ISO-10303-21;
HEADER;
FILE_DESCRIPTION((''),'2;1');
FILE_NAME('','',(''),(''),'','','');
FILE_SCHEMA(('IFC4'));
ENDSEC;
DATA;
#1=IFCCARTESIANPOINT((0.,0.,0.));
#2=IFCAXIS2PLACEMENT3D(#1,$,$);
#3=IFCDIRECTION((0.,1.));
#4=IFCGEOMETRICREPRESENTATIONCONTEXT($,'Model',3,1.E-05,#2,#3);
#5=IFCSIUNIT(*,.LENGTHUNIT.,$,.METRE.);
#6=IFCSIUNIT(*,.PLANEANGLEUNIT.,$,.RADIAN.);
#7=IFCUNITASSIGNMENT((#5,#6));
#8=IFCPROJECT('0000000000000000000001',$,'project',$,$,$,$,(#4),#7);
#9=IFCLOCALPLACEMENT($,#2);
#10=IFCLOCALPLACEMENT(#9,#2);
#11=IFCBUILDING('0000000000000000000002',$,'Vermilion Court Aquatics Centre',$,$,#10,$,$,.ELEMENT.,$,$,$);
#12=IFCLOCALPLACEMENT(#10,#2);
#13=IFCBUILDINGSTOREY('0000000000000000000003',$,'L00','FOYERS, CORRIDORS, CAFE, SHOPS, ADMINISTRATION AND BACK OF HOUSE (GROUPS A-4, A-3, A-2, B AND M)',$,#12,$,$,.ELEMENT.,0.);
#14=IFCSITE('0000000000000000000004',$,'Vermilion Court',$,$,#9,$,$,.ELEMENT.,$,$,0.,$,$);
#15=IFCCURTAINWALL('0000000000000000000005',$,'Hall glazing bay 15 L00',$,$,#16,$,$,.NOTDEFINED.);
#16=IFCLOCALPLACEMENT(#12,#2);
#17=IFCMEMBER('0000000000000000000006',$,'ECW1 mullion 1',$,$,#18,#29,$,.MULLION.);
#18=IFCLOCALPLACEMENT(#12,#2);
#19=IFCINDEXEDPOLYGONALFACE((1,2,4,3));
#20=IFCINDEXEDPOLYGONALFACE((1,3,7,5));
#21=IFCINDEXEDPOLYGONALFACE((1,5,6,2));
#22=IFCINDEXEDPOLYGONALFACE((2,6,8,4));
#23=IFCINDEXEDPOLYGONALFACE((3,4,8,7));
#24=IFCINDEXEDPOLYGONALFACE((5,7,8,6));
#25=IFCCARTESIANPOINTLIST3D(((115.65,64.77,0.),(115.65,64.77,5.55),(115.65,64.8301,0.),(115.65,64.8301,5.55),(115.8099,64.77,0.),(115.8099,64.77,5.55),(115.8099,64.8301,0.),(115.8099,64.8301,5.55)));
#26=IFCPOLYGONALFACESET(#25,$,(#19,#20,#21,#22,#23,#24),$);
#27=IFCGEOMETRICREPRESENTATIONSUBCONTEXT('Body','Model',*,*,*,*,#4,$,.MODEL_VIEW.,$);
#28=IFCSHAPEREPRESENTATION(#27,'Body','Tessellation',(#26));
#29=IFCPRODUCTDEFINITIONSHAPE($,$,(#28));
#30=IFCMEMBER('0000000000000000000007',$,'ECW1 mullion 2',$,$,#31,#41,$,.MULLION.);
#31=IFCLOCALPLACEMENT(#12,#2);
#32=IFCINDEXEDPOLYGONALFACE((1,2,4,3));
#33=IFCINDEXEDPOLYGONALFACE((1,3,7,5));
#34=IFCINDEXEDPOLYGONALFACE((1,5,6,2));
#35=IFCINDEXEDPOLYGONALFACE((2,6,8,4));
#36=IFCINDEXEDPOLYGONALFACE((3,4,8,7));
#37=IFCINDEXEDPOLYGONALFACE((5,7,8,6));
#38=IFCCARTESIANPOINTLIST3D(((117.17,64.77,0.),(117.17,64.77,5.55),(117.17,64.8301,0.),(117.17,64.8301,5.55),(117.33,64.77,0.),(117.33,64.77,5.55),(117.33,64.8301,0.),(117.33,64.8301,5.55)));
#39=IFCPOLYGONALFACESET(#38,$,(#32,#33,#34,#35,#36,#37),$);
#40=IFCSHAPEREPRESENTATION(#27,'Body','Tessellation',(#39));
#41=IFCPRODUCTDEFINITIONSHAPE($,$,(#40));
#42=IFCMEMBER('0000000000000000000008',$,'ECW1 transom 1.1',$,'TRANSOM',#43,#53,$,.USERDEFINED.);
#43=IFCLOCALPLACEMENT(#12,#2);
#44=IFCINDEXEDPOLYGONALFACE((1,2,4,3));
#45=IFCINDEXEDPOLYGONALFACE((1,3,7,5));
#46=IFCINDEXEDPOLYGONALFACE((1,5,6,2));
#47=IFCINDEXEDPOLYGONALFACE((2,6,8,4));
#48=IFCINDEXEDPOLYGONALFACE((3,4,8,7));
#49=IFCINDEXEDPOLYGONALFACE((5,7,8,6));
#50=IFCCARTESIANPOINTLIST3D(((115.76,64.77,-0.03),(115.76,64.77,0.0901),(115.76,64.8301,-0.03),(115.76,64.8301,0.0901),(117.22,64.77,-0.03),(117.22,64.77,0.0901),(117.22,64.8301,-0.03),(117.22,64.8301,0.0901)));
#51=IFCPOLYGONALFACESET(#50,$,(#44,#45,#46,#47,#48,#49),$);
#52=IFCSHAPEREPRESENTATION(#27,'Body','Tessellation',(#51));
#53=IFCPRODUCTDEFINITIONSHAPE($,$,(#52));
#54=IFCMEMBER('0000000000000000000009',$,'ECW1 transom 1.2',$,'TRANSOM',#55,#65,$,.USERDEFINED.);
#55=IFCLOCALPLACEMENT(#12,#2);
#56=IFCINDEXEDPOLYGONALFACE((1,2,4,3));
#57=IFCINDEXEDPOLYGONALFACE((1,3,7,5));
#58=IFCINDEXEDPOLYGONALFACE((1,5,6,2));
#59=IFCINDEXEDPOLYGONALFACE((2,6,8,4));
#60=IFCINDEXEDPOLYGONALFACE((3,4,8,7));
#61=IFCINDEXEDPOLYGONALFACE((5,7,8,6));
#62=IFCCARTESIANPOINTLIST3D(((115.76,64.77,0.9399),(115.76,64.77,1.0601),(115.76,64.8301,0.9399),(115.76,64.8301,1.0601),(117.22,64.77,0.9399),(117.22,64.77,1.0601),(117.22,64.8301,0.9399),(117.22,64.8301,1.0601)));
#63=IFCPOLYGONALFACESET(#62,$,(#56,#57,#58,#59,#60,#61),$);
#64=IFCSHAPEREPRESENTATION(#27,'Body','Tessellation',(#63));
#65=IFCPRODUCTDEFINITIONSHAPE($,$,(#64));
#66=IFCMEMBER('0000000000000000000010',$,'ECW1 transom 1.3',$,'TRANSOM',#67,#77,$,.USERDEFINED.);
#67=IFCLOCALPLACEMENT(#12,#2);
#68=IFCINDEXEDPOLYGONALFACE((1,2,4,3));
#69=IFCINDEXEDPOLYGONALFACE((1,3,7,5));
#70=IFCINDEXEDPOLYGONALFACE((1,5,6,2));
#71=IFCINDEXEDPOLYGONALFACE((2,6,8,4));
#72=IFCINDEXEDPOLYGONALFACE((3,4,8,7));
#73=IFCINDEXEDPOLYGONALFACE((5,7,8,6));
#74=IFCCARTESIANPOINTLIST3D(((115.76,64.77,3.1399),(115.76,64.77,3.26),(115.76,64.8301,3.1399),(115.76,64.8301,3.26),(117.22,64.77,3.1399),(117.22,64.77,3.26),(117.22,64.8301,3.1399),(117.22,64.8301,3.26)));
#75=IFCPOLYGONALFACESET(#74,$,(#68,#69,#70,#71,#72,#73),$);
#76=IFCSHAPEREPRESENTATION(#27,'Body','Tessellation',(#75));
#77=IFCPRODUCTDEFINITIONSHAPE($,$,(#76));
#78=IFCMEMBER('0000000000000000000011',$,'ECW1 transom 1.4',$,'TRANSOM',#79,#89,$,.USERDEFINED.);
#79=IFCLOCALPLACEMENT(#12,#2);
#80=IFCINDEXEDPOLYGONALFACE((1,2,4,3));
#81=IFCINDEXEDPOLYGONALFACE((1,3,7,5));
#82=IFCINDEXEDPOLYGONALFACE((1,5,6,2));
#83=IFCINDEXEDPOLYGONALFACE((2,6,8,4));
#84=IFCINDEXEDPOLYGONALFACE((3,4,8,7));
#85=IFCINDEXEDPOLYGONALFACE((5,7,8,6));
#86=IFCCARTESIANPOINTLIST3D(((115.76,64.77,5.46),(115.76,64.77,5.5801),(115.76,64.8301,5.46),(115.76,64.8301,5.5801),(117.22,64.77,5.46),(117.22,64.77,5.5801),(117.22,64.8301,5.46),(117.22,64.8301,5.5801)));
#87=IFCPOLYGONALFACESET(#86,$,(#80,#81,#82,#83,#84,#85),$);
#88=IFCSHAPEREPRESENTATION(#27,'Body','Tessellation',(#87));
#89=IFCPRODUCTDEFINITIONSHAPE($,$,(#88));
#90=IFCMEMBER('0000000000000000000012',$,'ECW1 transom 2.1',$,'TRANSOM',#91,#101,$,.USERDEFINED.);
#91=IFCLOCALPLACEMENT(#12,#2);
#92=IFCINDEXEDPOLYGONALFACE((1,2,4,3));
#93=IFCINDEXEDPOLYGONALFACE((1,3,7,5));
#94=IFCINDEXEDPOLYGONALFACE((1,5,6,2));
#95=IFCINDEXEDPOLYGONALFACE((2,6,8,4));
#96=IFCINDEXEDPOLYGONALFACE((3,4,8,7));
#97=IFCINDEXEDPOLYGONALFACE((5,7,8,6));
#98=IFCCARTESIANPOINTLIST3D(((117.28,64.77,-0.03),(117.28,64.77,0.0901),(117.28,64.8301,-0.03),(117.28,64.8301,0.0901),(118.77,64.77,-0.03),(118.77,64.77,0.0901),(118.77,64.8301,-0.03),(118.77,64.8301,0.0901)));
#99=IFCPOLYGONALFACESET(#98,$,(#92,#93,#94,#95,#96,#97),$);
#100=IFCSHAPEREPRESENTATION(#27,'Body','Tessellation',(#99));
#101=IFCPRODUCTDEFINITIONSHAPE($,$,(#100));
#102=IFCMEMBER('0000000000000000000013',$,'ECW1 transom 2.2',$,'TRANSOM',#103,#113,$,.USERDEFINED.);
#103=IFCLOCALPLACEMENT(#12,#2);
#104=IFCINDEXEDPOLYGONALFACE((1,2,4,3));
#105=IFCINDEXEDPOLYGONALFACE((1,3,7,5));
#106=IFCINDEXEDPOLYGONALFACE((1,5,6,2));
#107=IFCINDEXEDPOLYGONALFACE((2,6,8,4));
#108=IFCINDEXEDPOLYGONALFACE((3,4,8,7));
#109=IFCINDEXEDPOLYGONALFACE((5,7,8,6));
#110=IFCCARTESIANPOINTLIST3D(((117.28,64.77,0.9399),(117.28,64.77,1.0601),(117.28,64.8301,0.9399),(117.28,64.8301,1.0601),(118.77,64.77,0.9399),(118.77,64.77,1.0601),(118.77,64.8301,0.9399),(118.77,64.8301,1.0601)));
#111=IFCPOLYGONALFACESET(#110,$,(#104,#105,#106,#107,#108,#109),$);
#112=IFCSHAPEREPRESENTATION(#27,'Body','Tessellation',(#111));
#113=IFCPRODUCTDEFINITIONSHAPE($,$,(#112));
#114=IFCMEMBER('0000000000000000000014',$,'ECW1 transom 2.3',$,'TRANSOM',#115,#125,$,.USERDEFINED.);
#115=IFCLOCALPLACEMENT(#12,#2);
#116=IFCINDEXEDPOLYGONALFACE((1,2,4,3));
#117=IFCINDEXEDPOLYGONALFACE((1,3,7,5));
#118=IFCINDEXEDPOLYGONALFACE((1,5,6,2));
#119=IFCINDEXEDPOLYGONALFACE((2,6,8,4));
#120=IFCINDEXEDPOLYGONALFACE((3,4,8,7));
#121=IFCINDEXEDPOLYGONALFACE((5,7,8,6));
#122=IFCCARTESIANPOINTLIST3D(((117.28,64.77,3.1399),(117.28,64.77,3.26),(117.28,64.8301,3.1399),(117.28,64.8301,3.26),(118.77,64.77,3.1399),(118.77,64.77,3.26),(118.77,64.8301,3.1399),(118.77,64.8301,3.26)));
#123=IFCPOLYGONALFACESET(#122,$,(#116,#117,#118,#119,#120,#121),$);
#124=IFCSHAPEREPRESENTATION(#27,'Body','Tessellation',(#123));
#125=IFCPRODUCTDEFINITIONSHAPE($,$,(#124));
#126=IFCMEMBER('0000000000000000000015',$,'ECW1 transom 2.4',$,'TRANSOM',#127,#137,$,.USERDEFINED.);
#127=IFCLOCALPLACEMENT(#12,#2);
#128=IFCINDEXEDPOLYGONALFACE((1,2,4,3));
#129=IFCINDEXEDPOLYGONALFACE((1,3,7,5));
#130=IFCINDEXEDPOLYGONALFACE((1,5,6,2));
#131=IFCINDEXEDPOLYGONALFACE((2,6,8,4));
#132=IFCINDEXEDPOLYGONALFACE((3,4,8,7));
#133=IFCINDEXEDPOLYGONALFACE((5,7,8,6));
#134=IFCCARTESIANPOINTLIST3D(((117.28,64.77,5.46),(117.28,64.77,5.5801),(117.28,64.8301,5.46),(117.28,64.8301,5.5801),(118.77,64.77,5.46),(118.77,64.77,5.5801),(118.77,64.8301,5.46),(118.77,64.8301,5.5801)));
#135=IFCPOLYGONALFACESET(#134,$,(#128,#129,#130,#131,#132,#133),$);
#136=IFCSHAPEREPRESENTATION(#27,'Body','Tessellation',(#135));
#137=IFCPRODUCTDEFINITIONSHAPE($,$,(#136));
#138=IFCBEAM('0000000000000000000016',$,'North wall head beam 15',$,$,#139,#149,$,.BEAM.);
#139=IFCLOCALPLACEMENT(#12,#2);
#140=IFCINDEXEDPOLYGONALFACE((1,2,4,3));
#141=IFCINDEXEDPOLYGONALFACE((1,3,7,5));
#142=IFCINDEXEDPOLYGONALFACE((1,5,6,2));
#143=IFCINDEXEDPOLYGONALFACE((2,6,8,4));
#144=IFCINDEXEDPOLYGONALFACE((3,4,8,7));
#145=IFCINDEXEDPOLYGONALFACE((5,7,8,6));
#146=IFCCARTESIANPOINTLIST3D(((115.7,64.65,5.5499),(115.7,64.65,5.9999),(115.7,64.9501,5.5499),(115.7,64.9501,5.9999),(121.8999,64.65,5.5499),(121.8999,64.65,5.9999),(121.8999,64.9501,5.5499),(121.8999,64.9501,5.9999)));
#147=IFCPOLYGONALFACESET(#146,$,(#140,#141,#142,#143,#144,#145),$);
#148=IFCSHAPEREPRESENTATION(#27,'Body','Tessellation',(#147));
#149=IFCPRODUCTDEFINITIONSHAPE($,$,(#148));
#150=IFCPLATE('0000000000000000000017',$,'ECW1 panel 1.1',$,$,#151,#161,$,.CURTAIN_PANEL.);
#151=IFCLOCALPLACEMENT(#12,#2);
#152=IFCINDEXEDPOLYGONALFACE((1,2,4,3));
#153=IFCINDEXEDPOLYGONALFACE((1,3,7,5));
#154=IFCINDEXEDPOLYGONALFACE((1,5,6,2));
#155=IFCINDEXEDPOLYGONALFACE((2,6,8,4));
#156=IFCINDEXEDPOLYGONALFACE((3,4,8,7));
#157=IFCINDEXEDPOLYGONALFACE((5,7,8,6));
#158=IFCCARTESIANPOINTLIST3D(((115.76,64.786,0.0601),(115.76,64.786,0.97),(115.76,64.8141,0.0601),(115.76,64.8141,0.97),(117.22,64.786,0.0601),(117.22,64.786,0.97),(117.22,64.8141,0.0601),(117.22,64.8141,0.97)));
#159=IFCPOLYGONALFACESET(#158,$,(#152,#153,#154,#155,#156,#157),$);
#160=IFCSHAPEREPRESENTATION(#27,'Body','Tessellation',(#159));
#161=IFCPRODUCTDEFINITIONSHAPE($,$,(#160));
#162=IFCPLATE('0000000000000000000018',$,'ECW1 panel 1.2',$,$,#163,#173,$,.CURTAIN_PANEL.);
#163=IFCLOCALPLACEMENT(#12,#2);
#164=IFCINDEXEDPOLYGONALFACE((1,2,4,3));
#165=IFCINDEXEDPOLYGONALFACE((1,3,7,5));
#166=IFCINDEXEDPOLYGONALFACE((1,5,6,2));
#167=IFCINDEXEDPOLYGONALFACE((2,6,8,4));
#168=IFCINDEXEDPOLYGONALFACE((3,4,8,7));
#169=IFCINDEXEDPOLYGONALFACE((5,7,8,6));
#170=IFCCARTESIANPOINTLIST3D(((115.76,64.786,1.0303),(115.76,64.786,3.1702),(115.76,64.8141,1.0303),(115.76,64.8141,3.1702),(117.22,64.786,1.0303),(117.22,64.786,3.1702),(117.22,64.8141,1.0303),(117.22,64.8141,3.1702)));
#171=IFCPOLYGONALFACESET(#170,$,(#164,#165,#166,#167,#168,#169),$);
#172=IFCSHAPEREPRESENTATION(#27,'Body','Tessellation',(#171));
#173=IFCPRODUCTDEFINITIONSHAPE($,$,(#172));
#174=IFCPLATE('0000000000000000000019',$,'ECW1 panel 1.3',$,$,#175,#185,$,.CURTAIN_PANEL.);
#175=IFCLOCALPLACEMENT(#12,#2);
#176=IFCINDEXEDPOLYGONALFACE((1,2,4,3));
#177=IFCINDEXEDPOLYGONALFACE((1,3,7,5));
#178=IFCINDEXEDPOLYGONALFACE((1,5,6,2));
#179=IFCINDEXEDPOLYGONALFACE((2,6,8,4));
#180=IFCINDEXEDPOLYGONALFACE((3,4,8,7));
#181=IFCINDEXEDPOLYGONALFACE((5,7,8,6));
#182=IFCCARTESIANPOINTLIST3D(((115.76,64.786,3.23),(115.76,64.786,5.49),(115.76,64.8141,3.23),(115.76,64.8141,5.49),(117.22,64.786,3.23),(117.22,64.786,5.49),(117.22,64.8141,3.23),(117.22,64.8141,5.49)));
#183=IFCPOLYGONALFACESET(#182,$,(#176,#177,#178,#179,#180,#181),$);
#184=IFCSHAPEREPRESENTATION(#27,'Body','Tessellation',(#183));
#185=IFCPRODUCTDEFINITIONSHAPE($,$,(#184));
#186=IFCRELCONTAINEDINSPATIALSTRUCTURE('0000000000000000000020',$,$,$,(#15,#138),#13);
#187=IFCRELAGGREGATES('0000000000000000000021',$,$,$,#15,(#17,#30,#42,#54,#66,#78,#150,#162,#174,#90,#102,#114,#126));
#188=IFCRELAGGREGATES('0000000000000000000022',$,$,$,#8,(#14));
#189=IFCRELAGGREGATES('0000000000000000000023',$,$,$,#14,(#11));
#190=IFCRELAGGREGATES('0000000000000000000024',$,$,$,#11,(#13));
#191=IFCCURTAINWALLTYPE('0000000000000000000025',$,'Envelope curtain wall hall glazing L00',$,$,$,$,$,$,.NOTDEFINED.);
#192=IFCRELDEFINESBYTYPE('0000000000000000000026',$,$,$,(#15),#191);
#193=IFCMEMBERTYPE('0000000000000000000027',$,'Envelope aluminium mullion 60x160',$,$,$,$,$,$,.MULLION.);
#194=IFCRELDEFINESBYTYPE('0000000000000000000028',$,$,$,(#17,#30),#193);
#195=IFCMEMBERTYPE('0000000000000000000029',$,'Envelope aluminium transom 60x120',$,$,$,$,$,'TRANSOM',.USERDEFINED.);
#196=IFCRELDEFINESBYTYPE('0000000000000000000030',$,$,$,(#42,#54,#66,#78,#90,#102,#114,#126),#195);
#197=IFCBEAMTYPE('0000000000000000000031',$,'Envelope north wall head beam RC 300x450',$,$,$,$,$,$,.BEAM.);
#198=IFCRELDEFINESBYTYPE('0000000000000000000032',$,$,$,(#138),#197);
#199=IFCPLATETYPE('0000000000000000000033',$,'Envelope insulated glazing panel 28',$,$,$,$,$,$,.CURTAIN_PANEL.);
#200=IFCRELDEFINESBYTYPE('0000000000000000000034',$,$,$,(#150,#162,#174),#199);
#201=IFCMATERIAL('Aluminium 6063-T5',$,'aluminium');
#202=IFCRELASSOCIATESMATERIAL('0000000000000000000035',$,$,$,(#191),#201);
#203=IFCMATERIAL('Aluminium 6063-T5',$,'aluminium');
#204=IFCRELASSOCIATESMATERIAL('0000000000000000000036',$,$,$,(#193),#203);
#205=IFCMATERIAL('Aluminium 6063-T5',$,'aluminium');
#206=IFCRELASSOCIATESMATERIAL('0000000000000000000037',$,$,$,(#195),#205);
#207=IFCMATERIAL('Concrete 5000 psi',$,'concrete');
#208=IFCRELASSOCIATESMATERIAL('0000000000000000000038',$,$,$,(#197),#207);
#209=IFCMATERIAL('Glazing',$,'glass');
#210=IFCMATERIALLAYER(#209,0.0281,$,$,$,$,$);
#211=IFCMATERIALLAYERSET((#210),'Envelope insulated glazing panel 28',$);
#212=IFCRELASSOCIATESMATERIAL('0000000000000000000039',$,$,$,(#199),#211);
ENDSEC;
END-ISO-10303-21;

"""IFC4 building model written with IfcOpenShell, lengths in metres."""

from ifc_helpers import new_model, si_unit, direction, frame, origin, origin_2d, place, context, subcontext, project, spatial, rectangle, extrude, material, layer, layer_set, material_profile, profile_set, type_object, element, aggregate, save


model = new_model("IFC4")

# Units and contexts
model_context = context("Model", 3, precision=1e-05, world=origin(), true_north=direction((0.0, 1.0)))
body_context = subcontext(model_context, "Body", "Model", "MODEL_VIEW")
ifc_project = project(units=[si_unit("LENGTHUNIT", "METRE"), si_unit("PLANEANGLEUNIT", "RADIAN")], contexts=[model_context])

# Site, building, storey
site_placement = place(None, origin())
site = spatial("IfcSite", under=ifc_project, at=site_placement, Name="Vermilion Court", CompositionType="ELEMENT", RefElevation=0.0)
building_placement = place(site_placement, origin())
building = spatial("IfcBuilding", under=site, at=building_placement, Name="Vermilion Court Aquatics Centre", CompositionType="ELEMENT")
storey_placement = place(building_placement, origin())
storey = spatial("IfcBuildingStorey", under=building, at=storey_placement, Name="L00", Description="FOYERS, CORRIDORS, CAFE, SHOPS, ADMINISTRATION AND BACK OF HOUSE (GROUPS A-4, A-3, A-2, B AND M)", CompositionType="ELEMENT", Elevation=0.0)

# Curtain wall, members
ifc_material_1 = material(Name="Aluminium 6063-T5", Category="aluminium")
curtain_wall_type = type_object("IfcCurtainWallType", Name="Envelope curtain wall hall glazing L00", PredefinedType="NOTDEFINED", material=ifc_material_1)
curtain_wall_placement = place(storey_placement, origin())
curtain_wall = element("IfcCurtainWall", 1, at=curtain_wall_placement, inside=storey, type_object=curtain_wall_type, Name="Hall glazing bay 15 L00", PredefinedType="NOTDEFINED")
ifc_material_2 = material(Name="Aluminium 6063-T5", Category="aluminium")
ifc_material_profile_1 = material_profile(ifc_material_2, rectangle(XDim=0.0601, YDim=0.1599, at=origin_2d()), Name="AL 60x160")
ifc_profile_set_1 = profile_set([ifc_material_profile_1], Name="Aluminium 6063-T5")
member_type_1 = type_object("IfcMemberType", Name="Envelope aluminium mullion 60x160", PredefinedType="MULLION", material=ifc_profile_set_1)
member_1_placement = place(storey_placement, frame((115.73, 64.8, 0.0), z_axis=(0.0, 0.0, 1.0), x_axis=(0.0, 1.0, 0.0)))
member_1 = element("IfcMember", 2, at=member_1_placement, type_object=member_type_1, Name="ECW1 mullion 1", PredefinedType="MULLION", context=body_context, shape_type="SweptSolid", body=[
    extrude(rectangle(XDim=0.0601, YDim=0.1599, at=origin_2d()), origin(), (0.0, 0.0, 1.0), 5.55),
])
member_2_placement = place(storey_placement, frame((117.25, 64.8, 0.0), z_axis=(0.0, 0.0, 1.0), x_axis=(0.0, 1.0, 0.0)))
member_2 = element("IfcMember", 3, at=member_2_placement, type_object=member_type_1, Name="ECW1 mullion 2", PredefinedType="MULLION", context=body_context, shape_type="SweptSolid", body=[
    extrude(rectangle(XDim=0.0601, YDim=0.1599, at=origin_2d()), origin(), (0.0, 0.0, 1.0), 5.55),
])
ifc_material_3 = material(Name="Aluminium 6063-T5", Category="aluminium")
ifc_material_profile_2 = material_profile(ifc_material_3, rectangle(XDim=0.0601, YDim=0.1201, at=origin_2d()), Name="AL 60x120")
ifc_profile_set_2 = profile_set([ifc_material_profile_2], Name="Aluminium 6063-T5")
member_type_2 = type_object("IfcMemberType", Name="Envelope aluminium transom 60x120", ElementType="TRANSOM", PredefinedType="USERDEFINED", material=ifc_profile_set_2)
member_3_placement = place(storey_placement, frame((115.76, 64.8, 0.03), z_axis=(1.0, 0.0, 0.0), x_axis=(0.0, 1.0, 0.0)))
member_3 = element("IfcMember", 4, at=member_3_placement, type_object=member_type_2, Name="ECW1 transom 1.1", ObjectType="TRANSOM", PredefinedType="USERDEFINED", context=body_context, shape_type="SweptSolid", body=[
    extrude(rectangle(XDim=0.0601, YDim=0.1201, at=origin_2d()), origin(), (0.0, 0.0, 1.0), 1.46),
])
member_4_placement = place(storey_placement, frame((115.76, 64.8, 1.0), z_axis=(1.0, 0.0, 0.0), x_axis=(0.0, 1.0, 0.0)))
member_4 = element("IfcMember", 5, at=member_4_placement, type_object=member_type_2, Name="ECW1 transom 1.2", ObjectType="TRANSOM", PredefinedType="USERDEFINED", context=body_context, shape_type="SweptSolid", body=[
    extrude(rectangle(XDim=0.0601, YDim=0.1201, at=origin_2d()), origin(), (0.0, 0.0, 1.0), 1.46),
])
member_5_placement = place(storey_placement, frame((115.76, 64.8, 3.2), z_axis=(1.0, 0.0, 0.0), x_axis=(0.0, 1.0, 0.0)))
member_5 = element("IfcMember", 6, at=member_5_placement, type_object=member_type_2, Name="ECW1 transom 1.3", ObjectType="TRANSOM", PredefinedType="USERDEFINED", context=body_context, shape_type="SweptSolid", body=[
    extrude(rectangle(XDim=0.0601, YDim=0.1201, at=origin_2d()), origin(), (0.0, 0.0, 1.0), 1.46),
])
member_6_placement = place(storey_placement, frame((115.76, 64.8, 5.52), z_axis=(1.0, 0.0, 0.0), x_axis=(0.0, 1.0, 0.0)))
member_6 = element("IfcMember", 7, at=member_6_placement, type_object=member_type_2, Name="ECW1 transom 1.4", ObjectType="TRANSOM", PredefinedType="USERDEFINED", context=body_context, shape_type="SweptSolid", body=[
    extrude(rectangle(XDim=0.0601, YDim=0.1201, at=origin_2d()), origin(), (0.0, 0.0, 1.0), 1.46),
])
member_7_placement = place(storey_placement, frame((117.28, 64.8, 0.03), z_axis=(1.0, 0.0, 0.0), x_axis=(0.0, 1.0, 0.0)))
member_7 = element("IfcMember", 8, at=member_7_placement, type_object=member_type_2, Name="ECW1 transom 2.1", ObjectType="TRANSOM", PredefinedType="USERDEFINED", context=body_context, shape_type="SweptSolid", body=[
    extrude(rectangle(XDim=0.0601, YDim=0.1201, at=origin_2d()), origin(), (0.0, 0.0, 1.0), 1.49),
])
member_8_placement = place(storey_placement, frame((117.28, 64.8, 1.0), z_axis=(1.0, 0.0, 0.0), x_axis=(0.0, 1.0, 0.0)))
member_8 = element("IfcMember", 9, at=member_8_placement, type_object=member_type_2, Name="ECW1 transom 2.2", ObjectType="TRANSOM", PredefinedType="USERDEFINED", context=body_context, shape_type="SweptSolid", body=[
    extrude(rectangle(XDim=0.0601, YDim=0.1201, at=origin_2d()), origin(), (0.0, 0.0, 1.0), 1.49),
])
member_9_placement = place(storey_placement, frame((117.28, 64.8, 3.2), z_axis=(1.0, 0.0, 0.0), x_axis=(0.0, 1.0, 0.0)))
member_9 = element("IfcMember", 10, at=member_9_placement, type_object=member_type_2, Name="ECW1 transom 2.3", ObjectType="TRANSOM", PredefinedType="USERDEFINED", context=body_context, shape_type="SweptSolid", body=[
    extrude(rectangle(XDim=0.0601, YDim=0.1201, at=origin_2d()), origin(), (0.0, 0.0, 1.0), 1.49),
])
member_10_placement = place(storey_placement, frame((117.28, 64.8, 5.52), z_axis=(1.0, 0.0, 0.0), x_axis=(0.0, 1.0, 0.0)))
member_10 = element("IfcMember", 11, at=member_10_placement, type_object=member_type_2, Name="ECW1 transom 2.4", ObjectType="TRANSOM", PredefinedType="USERDEFINED", context=body_context, shape_type="SweptSolid", body=[
    extrude(rectangle(XDim=0.0601, YDim=0.1201, at=origin_2d()), origin(), (0.0, 0.0, 1.0), 1.49),
])

# Beam
ifc_material_4 = material(Name="Concrete 5000 psi", Category="concrete")
ifc_material_profile_3 = material_profile(ifc_material_4, rectangle(XDim=0.3, YDim=0.45, at=origin_2d()), Name="RC 300x450")
ifc_profile_set_3 = profile_set([ifc_material_profile_3], Name="Concrete 5000 psi")
beam_type = type_object("IfcBeamType", Name="Envelope north wall head beam RC 300x450", PredefinedType="BEAM", material=ifc_profile_set_3)
beam_placement = place(storey_placement, frame((115.7, 64.8, 5.7749), z_axis=(1.0, 0.0, 0.0), x_axis=(0.0, 1.0, 0.0)))
element("IfcBeam", 12, at=beam_placement, inside=storey, type_object=beam_type, Name="North wall head beam 15", PredefinedType="BEAM", context=body_context, shape_type="SweptSolid", body=[
    extrude(rectangle(XDim=0.3, YDim=0.45, at=origin_2d()), origin(), (0.0, 0.0, 1.0), 6.2),
])

# Plates
ifc_material_5 = material(Name="Glazing", Category="glass")
ifc_layer_1 = layer(ifc_material_5, 0.0281)
ifc_layer_set_1 = layer_set([ifc_layer_1], Name="Envelope insulated glazing panel 28")
plate_type = type_object("IfcPlateType", Name="Envelope insulated glazing panel 28", PredefinedType="CURTAIN_PANEL", material=ifc_layer_set_1)
plate_1_placement = place(storey_placement, frame((116.49, 64.8, 0.0601), z_axis=(0.0, 0.0, 1.0), x_axis=(1.0, 0.0, 0.0)))
plate_1 = element("IfcPlate", 13, at=plate_1_placement, type_object=plate_type, Name="ECW1 panel 1.1", PredefinedType="CURTAIN_PANEL", context=body_context, shape_type="SweptSolid", body=[
    extrude(rectangle(XDim=1.46, YDim=0.0281, at=origin_2d()), origin(), (0.0, 0.0, 1.0), 0.9099),
])
plate_2_placement = place(storey_placement, frame((116.49, 64.8, 1.0303), z_axis=(0.0, 0.0, 1.0), x_axis=(1.0, 0.0, 0.0)))
plate_2 = element("IfcPlate", 14, at=plate_2_placement, type_object=plate_type, Name="ECW1 panel 1.2", PredefinedType="CURTAIN_PANEL", context=body_context, shape_type="SweptSolid", body=[
    extrude(rectangle(XDim=1.46, YDim=0.0281, at=origin_2d()), origin(), (0.0, 0.0, 1.0), 2.1399),
])
plate_3_placement = place(storey_placement, frame((116.49, 64.8, 3.23), z_axis=(0.0, 0.0, 1.0), x_axis=(1.0, 0.0, 0.0)))
plate_3 = element("IfcPlate", 15, at=plate_3_placement, type_object=plate_type, Name="ECW1 panel 1.3", PredefinedType="CURTAIN_PANEL", context=body_context, shape_type="SweptSolid", body=[
    extrude(rectangle(XDim=1.46, YDim=0.0281, at=origin_2d()), origin(), (0.0, 0.0, 1.0), 2.26),
])
aggregate(curtain_wall, [member_1, member_2, member_3, member_4, member_5, member_6, plate_1, plate_2, plate_3, member_7, member_8, member_9, member_10])

save(model, "model.ifc")
